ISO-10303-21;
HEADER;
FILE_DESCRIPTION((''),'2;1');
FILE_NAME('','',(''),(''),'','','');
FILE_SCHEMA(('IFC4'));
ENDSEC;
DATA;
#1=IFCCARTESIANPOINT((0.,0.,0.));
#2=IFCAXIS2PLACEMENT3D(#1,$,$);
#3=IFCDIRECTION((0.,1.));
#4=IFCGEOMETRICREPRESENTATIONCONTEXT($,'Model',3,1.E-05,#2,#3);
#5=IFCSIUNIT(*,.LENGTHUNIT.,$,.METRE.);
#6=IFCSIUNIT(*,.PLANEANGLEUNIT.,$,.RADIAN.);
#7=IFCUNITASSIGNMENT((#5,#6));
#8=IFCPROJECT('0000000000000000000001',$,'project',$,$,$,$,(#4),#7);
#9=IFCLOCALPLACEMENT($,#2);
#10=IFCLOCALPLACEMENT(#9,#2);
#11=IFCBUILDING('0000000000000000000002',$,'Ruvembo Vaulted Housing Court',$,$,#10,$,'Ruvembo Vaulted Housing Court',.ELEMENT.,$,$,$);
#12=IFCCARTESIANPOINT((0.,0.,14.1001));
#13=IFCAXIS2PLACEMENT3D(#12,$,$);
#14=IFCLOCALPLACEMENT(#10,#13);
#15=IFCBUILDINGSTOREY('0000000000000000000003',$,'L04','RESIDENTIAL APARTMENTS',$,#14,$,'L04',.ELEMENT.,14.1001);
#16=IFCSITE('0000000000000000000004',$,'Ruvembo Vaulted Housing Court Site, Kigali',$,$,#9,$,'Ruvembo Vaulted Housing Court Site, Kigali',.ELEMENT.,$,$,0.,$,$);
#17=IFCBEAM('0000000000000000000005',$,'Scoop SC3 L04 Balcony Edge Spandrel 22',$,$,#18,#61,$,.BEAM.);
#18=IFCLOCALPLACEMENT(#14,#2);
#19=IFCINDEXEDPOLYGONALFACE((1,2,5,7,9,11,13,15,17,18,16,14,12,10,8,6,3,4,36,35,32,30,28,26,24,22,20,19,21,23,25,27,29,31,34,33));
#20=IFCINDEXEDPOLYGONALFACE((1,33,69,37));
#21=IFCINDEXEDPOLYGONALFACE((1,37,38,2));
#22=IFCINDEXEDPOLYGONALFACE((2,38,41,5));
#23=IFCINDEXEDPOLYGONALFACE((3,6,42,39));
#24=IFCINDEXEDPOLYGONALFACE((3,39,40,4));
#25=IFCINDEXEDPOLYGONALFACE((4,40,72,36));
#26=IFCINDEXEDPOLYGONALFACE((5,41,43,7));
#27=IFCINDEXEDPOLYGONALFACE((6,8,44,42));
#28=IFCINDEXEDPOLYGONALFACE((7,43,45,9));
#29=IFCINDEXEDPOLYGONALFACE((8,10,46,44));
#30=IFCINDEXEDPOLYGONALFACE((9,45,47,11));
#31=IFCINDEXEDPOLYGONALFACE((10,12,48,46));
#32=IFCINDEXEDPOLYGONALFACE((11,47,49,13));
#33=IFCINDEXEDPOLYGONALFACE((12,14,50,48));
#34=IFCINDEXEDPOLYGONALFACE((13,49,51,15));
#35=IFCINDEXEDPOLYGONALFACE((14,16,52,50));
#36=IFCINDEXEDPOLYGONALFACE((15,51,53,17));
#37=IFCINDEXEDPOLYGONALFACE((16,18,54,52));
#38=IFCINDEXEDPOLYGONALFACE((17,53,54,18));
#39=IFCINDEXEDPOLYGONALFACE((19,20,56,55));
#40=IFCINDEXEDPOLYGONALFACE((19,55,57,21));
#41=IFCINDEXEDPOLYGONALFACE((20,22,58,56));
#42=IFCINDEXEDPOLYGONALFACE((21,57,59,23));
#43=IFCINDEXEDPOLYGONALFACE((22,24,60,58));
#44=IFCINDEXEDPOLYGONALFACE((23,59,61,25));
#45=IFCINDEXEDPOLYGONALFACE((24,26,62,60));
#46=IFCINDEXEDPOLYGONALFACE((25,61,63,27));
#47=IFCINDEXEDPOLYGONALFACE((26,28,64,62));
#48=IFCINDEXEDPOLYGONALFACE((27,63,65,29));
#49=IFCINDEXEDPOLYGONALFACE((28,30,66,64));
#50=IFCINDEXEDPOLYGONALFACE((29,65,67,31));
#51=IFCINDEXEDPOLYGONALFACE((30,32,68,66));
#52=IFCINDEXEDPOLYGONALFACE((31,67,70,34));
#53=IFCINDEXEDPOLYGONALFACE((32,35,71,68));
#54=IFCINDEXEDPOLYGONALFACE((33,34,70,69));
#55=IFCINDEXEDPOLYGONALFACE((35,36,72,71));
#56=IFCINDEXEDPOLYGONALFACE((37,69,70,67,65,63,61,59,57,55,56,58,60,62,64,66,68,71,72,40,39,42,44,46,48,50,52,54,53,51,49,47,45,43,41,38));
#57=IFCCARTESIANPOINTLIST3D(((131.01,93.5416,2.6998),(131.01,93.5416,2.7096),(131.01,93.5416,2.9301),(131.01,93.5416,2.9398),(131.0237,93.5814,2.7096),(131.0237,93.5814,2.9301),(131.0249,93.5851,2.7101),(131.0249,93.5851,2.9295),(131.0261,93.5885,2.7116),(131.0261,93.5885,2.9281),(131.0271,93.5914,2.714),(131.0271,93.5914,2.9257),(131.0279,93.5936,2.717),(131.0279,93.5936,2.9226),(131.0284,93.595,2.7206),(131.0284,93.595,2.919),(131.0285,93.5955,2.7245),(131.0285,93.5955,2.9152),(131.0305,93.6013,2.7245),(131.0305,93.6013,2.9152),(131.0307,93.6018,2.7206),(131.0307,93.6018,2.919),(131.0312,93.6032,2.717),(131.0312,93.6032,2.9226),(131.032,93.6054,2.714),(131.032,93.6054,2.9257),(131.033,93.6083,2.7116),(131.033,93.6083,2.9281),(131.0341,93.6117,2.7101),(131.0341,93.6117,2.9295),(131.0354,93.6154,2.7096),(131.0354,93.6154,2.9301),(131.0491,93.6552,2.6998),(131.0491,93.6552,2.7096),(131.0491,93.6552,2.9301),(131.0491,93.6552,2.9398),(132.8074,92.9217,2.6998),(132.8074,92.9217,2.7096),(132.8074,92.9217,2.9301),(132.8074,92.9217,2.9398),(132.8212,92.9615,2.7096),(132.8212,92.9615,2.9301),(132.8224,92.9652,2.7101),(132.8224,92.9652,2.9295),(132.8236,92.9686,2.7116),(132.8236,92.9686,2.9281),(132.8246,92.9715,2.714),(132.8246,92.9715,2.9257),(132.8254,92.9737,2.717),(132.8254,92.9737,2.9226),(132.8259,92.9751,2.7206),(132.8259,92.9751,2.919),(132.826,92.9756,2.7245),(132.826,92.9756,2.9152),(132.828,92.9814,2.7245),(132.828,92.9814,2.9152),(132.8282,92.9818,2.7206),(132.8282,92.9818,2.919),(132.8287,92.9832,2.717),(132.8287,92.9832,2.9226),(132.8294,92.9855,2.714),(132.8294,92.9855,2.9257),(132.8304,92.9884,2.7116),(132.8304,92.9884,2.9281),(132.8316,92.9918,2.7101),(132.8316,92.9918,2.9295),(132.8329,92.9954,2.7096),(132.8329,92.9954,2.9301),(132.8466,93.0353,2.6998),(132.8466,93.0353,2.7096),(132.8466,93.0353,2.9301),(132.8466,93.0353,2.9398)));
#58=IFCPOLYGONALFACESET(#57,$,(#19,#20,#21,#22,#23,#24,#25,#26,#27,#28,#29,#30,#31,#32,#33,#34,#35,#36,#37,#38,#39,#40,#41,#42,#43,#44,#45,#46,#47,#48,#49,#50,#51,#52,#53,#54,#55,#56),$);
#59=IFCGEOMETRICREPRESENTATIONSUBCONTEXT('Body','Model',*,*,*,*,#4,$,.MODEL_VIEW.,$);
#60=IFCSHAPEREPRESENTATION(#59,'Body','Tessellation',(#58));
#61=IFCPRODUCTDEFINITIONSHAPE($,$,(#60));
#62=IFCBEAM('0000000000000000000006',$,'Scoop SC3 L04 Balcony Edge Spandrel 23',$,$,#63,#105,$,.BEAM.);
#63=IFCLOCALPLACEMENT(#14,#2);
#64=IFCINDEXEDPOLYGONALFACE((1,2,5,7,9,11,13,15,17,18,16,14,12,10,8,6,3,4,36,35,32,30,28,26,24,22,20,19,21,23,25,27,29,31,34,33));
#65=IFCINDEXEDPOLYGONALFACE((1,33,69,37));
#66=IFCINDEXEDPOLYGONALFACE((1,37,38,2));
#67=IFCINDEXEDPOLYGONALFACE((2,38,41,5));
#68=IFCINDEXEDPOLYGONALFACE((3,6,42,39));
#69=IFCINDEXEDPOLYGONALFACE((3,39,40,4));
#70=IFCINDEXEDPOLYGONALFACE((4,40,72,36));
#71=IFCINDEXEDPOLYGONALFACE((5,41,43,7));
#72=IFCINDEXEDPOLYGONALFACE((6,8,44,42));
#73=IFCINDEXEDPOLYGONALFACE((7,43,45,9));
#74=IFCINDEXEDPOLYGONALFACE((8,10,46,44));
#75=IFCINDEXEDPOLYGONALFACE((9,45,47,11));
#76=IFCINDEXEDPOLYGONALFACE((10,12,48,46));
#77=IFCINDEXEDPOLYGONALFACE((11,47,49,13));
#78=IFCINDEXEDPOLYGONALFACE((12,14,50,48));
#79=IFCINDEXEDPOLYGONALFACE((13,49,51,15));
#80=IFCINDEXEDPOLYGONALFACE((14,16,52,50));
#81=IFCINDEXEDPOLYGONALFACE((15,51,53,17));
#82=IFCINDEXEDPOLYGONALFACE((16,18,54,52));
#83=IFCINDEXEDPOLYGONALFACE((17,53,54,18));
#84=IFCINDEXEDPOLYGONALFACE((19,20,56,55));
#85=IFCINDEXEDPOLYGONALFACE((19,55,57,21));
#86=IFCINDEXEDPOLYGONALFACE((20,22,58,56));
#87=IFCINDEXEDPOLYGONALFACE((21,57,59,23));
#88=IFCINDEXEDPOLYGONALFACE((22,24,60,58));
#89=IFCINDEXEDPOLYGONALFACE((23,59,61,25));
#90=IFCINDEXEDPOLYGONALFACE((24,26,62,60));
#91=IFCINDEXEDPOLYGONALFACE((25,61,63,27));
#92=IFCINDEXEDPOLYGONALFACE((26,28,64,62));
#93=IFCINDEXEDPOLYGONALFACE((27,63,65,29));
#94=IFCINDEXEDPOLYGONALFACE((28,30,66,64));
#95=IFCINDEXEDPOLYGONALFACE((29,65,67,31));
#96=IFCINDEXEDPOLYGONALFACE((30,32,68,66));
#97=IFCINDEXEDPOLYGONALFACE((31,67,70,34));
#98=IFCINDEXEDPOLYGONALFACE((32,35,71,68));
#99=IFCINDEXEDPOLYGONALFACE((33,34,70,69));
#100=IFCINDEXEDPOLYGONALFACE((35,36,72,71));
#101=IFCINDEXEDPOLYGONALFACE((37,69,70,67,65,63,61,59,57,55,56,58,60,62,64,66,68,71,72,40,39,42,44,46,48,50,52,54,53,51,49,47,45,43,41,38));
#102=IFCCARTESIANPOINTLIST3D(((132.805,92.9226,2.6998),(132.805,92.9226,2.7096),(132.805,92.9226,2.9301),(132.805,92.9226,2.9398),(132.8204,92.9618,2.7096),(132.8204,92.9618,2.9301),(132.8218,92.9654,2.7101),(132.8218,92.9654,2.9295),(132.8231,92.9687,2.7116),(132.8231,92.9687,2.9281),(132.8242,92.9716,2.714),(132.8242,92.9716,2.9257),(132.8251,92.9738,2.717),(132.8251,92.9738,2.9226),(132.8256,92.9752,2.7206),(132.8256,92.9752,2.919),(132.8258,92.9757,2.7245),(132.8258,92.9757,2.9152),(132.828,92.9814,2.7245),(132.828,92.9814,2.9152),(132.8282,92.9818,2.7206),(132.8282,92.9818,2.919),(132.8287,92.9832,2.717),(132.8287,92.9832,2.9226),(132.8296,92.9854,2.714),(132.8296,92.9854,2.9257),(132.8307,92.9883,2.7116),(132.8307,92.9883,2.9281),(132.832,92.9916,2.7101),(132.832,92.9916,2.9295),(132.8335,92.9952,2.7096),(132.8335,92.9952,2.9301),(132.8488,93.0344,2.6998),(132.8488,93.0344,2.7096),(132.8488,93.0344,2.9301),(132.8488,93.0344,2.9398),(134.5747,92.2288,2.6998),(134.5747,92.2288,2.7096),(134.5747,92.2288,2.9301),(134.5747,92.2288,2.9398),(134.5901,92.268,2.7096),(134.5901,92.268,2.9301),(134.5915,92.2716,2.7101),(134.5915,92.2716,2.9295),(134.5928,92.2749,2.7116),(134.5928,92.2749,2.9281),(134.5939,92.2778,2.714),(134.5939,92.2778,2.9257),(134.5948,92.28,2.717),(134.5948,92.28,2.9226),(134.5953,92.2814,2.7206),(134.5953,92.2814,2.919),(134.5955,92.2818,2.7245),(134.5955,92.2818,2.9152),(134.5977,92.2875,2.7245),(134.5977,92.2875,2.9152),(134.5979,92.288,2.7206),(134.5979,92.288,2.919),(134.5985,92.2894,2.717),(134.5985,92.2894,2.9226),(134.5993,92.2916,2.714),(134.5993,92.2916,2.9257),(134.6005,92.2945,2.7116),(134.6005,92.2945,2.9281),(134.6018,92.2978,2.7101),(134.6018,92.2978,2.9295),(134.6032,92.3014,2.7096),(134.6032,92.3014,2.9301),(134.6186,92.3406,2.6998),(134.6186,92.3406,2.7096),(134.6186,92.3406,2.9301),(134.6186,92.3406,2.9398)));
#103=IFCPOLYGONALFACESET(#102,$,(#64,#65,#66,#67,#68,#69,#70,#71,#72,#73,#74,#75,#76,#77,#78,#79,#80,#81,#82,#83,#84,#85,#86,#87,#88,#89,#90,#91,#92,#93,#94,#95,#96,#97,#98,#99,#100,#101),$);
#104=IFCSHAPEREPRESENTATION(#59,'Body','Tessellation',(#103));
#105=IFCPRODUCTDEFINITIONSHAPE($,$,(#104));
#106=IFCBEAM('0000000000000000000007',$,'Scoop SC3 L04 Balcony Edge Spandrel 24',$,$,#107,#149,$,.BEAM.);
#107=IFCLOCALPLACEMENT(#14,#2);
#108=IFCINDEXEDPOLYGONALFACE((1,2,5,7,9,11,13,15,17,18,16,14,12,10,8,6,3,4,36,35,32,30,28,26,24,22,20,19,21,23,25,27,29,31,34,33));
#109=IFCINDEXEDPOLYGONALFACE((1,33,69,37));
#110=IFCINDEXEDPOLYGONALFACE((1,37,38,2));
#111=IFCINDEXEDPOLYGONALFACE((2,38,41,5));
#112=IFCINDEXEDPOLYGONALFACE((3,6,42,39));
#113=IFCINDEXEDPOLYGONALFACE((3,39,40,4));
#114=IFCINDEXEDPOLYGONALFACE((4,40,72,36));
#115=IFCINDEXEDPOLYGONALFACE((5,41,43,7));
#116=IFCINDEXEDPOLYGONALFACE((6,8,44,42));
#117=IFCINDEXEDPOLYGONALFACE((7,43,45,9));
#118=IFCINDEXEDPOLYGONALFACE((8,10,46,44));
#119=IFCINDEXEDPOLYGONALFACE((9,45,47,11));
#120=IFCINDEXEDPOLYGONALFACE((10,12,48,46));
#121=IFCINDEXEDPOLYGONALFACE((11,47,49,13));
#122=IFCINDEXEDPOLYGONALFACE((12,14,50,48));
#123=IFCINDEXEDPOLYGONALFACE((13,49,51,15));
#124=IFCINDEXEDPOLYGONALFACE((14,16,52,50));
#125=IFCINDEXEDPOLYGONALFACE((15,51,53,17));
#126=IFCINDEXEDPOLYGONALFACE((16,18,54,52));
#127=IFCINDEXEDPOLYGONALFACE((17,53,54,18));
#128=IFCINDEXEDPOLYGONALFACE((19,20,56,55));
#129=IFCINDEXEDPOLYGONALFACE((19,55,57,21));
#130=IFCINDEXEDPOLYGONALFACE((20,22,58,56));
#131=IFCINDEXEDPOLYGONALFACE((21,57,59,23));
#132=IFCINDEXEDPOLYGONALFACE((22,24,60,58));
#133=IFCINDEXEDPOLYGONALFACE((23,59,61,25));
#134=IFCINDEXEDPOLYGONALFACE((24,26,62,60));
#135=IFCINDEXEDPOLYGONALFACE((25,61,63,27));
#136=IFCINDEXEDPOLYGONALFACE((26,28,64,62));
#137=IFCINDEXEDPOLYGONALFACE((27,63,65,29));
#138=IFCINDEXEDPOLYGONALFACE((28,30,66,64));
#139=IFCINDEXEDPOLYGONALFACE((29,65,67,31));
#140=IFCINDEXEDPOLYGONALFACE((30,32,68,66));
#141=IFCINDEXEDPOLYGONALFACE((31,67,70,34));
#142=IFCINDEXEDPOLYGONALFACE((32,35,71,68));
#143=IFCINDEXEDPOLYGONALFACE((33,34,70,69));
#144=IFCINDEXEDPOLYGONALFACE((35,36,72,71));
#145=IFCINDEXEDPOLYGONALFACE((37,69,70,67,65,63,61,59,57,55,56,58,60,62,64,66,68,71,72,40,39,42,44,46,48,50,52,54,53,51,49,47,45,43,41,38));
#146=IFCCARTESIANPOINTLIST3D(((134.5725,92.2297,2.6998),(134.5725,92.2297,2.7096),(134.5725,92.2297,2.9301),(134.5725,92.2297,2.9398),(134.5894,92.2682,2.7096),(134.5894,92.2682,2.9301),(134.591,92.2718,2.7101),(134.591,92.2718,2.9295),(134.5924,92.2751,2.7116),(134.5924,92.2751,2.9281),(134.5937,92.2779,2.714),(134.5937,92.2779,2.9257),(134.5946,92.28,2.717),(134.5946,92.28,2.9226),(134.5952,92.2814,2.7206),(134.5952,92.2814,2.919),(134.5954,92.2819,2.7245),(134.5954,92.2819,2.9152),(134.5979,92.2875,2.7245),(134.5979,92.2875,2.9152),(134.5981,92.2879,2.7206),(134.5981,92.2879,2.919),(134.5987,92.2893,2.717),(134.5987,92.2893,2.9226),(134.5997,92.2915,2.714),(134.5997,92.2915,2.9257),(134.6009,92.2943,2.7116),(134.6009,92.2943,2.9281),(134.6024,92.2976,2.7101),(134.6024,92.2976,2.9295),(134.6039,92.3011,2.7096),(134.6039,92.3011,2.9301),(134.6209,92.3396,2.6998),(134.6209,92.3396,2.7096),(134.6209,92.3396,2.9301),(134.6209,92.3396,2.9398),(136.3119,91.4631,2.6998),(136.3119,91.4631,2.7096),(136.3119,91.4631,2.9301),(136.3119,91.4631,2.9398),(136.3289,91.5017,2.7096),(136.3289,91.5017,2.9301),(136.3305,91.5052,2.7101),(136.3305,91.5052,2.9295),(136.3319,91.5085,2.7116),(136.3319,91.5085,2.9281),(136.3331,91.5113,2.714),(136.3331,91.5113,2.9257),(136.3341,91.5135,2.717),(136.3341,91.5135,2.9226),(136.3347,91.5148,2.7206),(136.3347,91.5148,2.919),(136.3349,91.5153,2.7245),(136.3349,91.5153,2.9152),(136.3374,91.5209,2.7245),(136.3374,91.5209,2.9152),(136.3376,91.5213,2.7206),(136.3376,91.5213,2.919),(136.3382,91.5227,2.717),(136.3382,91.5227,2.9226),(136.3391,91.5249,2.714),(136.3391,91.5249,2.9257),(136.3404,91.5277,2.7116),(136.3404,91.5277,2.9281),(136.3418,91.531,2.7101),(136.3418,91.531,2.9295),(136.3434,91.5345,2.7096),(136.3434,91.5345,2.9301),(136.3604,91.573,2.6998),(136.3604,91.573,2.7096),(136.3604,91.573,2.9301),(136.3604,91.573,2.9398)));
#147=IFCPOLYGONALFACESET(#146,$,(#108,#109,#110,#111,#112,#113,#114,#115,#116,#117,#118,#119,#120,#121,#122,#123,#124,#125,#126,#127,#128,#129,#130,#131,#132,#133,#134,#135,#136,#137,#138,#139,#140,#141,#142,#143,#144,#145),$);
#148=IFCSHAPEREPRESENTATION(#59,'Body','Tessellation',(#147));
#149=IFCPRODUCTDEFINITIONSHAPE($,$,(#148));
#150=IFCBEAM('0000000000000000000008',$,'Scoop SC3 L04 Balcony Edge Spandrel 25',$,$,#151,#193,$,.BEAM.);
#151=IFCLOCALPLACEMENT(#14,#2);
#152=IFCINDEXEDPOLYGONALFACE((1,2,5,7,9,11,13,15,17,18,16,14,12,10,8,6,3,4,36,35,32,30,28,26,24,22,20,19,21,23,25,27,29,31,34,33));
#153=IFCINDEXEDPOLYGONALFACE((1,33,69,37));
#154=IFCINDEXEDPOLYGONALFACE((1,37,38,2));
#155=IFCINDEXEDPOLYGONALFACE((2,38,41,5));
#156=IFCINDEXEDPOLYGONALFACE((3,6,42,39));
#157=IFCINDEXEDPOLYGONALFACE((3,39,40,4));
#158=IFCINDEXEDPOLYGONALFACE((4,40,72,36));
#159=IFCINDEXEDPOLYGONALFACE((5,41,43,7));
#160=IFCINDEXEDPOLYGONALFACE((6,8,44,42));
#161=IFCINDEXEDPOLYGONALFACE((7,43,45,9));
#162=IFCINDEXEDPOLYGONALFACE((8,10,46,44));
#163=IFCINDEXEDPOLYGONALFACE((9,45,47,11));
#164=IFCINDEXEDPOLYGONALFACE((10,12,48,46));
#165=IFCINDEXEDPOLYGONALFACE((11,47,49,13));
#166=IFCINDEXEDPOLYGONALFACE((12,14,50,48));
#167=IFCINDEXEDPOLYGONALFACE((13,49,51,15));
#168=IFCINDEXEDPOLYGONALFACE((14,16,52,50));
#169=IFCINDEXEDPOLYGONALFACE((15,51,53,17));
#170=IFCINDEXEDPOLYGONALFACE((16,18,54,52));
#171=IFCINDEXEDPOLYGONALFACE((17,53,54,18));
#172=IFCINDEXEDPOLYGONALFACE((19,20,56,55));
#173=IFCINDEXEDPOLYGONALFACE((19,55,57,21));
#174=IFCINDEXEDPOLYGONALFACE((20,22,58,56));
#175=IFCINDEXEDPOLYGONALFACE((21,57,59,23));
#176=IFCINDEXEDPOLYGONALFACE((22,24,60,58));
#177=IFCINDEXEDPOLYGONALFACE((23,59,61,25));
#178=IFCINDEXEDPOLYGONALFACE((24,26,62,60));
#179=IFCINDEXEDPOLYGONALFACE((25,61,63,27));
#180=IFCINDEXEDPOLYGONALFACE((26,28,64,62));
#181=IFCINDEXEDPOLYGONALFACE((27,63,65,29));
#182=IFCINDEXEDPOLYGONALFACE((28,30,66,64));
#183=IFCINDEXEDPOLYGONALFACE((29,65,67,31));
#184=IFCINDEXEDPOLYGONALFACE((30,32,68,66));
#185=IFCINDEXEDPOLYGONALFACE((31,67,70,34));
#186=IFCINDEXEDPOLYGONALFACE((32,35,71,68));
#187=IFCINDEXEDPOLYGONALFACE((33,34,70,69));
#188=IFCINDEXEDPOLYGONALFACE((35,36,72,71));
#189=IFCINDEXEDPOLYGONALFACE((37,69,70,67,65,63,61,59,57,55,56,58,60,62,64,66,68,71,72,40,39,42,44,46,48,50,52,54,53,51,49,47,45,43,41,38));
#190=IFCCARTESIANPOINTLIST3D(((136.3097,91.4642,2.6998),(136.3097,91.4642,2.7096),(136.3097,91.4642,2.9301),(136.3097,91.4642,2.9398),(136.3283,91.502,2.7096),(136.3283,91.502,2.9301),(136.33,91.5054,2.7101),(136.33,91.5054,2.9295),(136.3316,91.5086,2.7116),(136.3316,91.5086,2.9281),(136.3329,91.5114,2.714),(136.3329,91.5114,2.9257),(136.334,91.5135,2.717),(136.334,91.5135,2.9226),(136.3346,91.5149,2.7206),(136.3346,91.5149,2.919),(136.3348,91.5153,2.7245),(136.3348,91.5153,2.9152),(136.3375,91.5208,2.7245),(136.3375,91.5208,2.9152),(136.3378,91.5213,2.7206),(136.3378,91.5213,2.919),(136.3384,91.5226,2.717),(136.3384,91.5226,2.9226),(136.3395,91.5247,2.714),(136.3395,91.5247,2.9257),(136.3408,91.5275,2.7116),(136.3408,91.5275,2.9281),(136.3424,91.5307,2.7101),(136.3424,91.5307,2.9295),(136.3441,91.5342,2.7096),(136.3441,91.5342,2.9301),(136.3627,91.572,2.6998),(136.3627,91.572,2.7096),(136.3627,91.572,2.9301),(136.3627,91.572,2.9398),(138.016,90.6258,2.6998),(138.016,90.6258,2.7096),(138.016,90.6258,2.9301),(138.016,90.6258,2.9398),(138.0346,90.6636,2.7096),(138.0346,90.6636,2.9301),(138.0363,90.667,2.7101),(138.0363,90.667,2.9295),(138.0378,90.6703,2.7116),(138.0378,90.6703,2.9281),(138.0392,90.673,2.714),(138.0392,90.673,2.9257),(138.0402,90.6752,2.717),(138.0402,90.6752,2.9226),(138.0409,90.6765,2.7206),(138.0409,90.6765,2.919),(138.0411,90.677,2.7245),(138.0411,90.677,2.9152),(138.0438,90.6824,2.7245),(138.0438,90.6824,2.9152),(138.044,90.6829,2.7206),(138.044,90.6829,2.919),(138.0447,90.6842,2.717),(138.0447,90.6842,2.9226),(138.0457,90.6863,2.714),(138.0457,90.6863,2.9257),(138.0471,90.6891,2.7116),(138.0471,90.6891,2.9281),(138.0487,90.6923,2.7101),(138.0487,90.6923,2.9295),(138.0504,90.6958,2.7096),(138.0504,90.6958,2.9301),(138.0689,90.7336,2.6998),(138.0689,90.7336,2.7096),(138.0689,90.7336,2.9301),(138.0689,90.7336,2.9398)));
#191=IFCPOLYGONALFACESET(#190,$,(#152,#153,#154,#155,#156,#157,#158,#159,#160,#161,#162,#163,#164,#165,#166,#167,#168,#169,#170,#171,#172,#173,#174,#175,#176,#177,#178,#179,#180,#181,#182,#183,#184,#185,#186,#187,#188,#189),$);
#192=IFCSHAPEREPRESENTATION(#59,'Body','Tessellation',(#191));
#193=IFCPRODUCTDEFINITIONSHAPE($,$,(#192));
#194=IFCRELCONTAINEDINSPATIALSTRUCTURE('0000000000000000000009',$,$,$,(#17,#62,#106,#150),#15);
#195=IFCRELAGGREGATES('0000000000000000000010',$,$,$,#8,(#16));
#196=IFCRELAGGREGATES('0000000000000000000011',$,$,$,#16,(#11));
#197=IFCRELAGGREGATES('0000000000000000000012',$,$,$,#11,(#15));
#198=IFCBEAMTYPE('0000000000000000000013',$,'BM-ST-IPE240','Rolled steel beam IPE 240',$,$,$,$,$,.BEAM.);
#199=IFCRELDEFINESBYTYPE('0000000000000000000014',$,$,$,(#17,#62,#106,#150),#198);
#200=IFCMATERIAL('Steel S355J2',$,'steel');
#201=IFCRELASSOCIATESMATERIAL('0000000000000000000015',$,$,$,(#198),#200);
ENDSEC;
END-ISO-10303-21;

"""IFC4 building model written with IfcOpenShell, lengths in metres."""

from ifc_helpers import new_model, si_unit, direction, frame, origin, origin_2d, place, context, subcontext, project, spatial, i_section, extrude, material, material_profile, profile_set, type_object, element, save


model = new_model("IFC4")

# Units and contexts
model_context = context("Model", 3, precision=1e-05, world=origin(), true_north=direction((0.0, 1.0)))
body_context = subcontext(model_context, "Body", "Model", "MODEL_VIEW")
ifc_project = project(units=[si_unit("LENGTHUNIT", "METRE"), si_unit("PLANEANGLEUNIT", "RADIAN")], contexts=[model_context])

# Site, building, storey
site_placement = place(None, origin())
site = spatial("IfcSite", under=ifc_project, at=site_placement, Name="Ruvembo Vaulted Housing Court Site, Kigali", LongName="Ruvembo Vaulted Housing Court Site, Kigali", CompositionType="ELEMENT", RefElevation=0.0)
building_placement = place(site_placement, origin())
building = spatial("IfcBuilding", under=site, at=building_placement, Name="Ruvembo Vaulted Housing Court", LongName="Ruvembo Vaulted Housing Court", CompositionType="ELEMENT")
storey_placement = place(building_placement, frame((0.0, 0.0, 14.1001)))
storey = spatial("IfcBuildingStorey", under=building, at=storey_placement, Name="L04", Description="RESIDENTIAL APARTMENTS", LongName="L04", CompositionType="ELEMENT", Elevation=14.1001)

# Beams
ifc_material_1 = material(Name="Steel S355J2", Category="steel")
ifc_material_profile_1 = material_profile(ifc_material_1, i_section(OverallWidth=0.1201, OverallDepth=0.24, WebThickness=0.0061, FlangeThickness=0.0098, FilletRadius=0.0149, at=origin_2d()), Name="IPE 240")
ifc_profile_set_1 = profile_set([ifc_material_profile_1], Name="Steel S355J2")
beam_type = type_object("IfcBeamType", Name="BM-ST-IPE240", Description="Rolled steel beam IPE 240", PredefinedType="BEAM", material=ifc_profile_set_1)
beam_placement = place(storey_placement, frame((131.0295, 93.5984, 2.8198), z_axis=(0.945358, -0.326034, 0.0), x_axis=(0.326034, 0.945358, 0.0)))
element("IfcBeam", 1, at=beam_placement, inside=storey, type_object=beam_type, Name="Scoop SC3 L04 Balcony Edge Spandrel 22", PredefinedType="BEAM", context=body_context, shape_type="SweptSolid", body=[
    extrude(i_section(OverallWidth=0.1201, OverallDepth=0.24, WebThickness=0.0061, FlangeThickness=0.0098, FilletRadius=0.0149, at=origin_2d()), origin(), (0.0, 0.0, 1.0), 1.9014),
])
for number, where, z_axis, x_axis, name in (
    (2, (132.8269, 92.9785, 2.8198), (0.931006, -0.365005, 0.0), (0.365005, 0.931006, 0.0), "Scoop SC3 L04 Balcony Edge Spandrel 23"),
    (3, (134.5967, 92.2847, 2.8198), (0.915078, -0.403277, 0.0), (0.403277, 0.915078, 0.0), "Scoop SC3 L04 Balcony Edge Spandrel 24"),
):
    element("IfcBeam", number, at=place(storey_placement, frame(where, z_axis=z_axis, x_axis=x_axis)), inside=storey, type_object=beam_type, Name=name, PredefinedType="BEAM", context=body_context, shape_type="SweptSolid", body=[
        extrude(i_section(OverallWidth=0.1201, OverallDepth=0.24, WebThickness=0.0061, FlangeThickness=0.0098, FilletRadius=0.0149, at=origin_2d()), origin(), (0.0, 0.0, 1.0), 1.9009),
    ])
for number, where, z_axis, x_axis, name in (
    (4, (136.3362, 91.5181, 2.8198), (0.897513, -0.440987, 0.0), (0.440987, 0.897513, 0.0), "Scoop SC3 L04 Balcony Edge Spandrel 25"),
):
    element("IfcBeam", number, at=place(storey_placement, frame(where, z_axis=z_axis, x_axis=x_axis)), inside=storey, type_object=beam_type, Name=name, PredefinedType="BEAM", context=body_context, shape_type="SweptSolid", body=[
        extrude(i_section(OverallWidth=0.1201, OverallDepth=0.24, WebThickness=0.0061, FlangeThickness=0.0098, FilletRadius=0.0149, at=origin_2d()), origin(), (0.0, 0.0, 1.0), 1.9011),
    ])

save(model, "model.ifc")
